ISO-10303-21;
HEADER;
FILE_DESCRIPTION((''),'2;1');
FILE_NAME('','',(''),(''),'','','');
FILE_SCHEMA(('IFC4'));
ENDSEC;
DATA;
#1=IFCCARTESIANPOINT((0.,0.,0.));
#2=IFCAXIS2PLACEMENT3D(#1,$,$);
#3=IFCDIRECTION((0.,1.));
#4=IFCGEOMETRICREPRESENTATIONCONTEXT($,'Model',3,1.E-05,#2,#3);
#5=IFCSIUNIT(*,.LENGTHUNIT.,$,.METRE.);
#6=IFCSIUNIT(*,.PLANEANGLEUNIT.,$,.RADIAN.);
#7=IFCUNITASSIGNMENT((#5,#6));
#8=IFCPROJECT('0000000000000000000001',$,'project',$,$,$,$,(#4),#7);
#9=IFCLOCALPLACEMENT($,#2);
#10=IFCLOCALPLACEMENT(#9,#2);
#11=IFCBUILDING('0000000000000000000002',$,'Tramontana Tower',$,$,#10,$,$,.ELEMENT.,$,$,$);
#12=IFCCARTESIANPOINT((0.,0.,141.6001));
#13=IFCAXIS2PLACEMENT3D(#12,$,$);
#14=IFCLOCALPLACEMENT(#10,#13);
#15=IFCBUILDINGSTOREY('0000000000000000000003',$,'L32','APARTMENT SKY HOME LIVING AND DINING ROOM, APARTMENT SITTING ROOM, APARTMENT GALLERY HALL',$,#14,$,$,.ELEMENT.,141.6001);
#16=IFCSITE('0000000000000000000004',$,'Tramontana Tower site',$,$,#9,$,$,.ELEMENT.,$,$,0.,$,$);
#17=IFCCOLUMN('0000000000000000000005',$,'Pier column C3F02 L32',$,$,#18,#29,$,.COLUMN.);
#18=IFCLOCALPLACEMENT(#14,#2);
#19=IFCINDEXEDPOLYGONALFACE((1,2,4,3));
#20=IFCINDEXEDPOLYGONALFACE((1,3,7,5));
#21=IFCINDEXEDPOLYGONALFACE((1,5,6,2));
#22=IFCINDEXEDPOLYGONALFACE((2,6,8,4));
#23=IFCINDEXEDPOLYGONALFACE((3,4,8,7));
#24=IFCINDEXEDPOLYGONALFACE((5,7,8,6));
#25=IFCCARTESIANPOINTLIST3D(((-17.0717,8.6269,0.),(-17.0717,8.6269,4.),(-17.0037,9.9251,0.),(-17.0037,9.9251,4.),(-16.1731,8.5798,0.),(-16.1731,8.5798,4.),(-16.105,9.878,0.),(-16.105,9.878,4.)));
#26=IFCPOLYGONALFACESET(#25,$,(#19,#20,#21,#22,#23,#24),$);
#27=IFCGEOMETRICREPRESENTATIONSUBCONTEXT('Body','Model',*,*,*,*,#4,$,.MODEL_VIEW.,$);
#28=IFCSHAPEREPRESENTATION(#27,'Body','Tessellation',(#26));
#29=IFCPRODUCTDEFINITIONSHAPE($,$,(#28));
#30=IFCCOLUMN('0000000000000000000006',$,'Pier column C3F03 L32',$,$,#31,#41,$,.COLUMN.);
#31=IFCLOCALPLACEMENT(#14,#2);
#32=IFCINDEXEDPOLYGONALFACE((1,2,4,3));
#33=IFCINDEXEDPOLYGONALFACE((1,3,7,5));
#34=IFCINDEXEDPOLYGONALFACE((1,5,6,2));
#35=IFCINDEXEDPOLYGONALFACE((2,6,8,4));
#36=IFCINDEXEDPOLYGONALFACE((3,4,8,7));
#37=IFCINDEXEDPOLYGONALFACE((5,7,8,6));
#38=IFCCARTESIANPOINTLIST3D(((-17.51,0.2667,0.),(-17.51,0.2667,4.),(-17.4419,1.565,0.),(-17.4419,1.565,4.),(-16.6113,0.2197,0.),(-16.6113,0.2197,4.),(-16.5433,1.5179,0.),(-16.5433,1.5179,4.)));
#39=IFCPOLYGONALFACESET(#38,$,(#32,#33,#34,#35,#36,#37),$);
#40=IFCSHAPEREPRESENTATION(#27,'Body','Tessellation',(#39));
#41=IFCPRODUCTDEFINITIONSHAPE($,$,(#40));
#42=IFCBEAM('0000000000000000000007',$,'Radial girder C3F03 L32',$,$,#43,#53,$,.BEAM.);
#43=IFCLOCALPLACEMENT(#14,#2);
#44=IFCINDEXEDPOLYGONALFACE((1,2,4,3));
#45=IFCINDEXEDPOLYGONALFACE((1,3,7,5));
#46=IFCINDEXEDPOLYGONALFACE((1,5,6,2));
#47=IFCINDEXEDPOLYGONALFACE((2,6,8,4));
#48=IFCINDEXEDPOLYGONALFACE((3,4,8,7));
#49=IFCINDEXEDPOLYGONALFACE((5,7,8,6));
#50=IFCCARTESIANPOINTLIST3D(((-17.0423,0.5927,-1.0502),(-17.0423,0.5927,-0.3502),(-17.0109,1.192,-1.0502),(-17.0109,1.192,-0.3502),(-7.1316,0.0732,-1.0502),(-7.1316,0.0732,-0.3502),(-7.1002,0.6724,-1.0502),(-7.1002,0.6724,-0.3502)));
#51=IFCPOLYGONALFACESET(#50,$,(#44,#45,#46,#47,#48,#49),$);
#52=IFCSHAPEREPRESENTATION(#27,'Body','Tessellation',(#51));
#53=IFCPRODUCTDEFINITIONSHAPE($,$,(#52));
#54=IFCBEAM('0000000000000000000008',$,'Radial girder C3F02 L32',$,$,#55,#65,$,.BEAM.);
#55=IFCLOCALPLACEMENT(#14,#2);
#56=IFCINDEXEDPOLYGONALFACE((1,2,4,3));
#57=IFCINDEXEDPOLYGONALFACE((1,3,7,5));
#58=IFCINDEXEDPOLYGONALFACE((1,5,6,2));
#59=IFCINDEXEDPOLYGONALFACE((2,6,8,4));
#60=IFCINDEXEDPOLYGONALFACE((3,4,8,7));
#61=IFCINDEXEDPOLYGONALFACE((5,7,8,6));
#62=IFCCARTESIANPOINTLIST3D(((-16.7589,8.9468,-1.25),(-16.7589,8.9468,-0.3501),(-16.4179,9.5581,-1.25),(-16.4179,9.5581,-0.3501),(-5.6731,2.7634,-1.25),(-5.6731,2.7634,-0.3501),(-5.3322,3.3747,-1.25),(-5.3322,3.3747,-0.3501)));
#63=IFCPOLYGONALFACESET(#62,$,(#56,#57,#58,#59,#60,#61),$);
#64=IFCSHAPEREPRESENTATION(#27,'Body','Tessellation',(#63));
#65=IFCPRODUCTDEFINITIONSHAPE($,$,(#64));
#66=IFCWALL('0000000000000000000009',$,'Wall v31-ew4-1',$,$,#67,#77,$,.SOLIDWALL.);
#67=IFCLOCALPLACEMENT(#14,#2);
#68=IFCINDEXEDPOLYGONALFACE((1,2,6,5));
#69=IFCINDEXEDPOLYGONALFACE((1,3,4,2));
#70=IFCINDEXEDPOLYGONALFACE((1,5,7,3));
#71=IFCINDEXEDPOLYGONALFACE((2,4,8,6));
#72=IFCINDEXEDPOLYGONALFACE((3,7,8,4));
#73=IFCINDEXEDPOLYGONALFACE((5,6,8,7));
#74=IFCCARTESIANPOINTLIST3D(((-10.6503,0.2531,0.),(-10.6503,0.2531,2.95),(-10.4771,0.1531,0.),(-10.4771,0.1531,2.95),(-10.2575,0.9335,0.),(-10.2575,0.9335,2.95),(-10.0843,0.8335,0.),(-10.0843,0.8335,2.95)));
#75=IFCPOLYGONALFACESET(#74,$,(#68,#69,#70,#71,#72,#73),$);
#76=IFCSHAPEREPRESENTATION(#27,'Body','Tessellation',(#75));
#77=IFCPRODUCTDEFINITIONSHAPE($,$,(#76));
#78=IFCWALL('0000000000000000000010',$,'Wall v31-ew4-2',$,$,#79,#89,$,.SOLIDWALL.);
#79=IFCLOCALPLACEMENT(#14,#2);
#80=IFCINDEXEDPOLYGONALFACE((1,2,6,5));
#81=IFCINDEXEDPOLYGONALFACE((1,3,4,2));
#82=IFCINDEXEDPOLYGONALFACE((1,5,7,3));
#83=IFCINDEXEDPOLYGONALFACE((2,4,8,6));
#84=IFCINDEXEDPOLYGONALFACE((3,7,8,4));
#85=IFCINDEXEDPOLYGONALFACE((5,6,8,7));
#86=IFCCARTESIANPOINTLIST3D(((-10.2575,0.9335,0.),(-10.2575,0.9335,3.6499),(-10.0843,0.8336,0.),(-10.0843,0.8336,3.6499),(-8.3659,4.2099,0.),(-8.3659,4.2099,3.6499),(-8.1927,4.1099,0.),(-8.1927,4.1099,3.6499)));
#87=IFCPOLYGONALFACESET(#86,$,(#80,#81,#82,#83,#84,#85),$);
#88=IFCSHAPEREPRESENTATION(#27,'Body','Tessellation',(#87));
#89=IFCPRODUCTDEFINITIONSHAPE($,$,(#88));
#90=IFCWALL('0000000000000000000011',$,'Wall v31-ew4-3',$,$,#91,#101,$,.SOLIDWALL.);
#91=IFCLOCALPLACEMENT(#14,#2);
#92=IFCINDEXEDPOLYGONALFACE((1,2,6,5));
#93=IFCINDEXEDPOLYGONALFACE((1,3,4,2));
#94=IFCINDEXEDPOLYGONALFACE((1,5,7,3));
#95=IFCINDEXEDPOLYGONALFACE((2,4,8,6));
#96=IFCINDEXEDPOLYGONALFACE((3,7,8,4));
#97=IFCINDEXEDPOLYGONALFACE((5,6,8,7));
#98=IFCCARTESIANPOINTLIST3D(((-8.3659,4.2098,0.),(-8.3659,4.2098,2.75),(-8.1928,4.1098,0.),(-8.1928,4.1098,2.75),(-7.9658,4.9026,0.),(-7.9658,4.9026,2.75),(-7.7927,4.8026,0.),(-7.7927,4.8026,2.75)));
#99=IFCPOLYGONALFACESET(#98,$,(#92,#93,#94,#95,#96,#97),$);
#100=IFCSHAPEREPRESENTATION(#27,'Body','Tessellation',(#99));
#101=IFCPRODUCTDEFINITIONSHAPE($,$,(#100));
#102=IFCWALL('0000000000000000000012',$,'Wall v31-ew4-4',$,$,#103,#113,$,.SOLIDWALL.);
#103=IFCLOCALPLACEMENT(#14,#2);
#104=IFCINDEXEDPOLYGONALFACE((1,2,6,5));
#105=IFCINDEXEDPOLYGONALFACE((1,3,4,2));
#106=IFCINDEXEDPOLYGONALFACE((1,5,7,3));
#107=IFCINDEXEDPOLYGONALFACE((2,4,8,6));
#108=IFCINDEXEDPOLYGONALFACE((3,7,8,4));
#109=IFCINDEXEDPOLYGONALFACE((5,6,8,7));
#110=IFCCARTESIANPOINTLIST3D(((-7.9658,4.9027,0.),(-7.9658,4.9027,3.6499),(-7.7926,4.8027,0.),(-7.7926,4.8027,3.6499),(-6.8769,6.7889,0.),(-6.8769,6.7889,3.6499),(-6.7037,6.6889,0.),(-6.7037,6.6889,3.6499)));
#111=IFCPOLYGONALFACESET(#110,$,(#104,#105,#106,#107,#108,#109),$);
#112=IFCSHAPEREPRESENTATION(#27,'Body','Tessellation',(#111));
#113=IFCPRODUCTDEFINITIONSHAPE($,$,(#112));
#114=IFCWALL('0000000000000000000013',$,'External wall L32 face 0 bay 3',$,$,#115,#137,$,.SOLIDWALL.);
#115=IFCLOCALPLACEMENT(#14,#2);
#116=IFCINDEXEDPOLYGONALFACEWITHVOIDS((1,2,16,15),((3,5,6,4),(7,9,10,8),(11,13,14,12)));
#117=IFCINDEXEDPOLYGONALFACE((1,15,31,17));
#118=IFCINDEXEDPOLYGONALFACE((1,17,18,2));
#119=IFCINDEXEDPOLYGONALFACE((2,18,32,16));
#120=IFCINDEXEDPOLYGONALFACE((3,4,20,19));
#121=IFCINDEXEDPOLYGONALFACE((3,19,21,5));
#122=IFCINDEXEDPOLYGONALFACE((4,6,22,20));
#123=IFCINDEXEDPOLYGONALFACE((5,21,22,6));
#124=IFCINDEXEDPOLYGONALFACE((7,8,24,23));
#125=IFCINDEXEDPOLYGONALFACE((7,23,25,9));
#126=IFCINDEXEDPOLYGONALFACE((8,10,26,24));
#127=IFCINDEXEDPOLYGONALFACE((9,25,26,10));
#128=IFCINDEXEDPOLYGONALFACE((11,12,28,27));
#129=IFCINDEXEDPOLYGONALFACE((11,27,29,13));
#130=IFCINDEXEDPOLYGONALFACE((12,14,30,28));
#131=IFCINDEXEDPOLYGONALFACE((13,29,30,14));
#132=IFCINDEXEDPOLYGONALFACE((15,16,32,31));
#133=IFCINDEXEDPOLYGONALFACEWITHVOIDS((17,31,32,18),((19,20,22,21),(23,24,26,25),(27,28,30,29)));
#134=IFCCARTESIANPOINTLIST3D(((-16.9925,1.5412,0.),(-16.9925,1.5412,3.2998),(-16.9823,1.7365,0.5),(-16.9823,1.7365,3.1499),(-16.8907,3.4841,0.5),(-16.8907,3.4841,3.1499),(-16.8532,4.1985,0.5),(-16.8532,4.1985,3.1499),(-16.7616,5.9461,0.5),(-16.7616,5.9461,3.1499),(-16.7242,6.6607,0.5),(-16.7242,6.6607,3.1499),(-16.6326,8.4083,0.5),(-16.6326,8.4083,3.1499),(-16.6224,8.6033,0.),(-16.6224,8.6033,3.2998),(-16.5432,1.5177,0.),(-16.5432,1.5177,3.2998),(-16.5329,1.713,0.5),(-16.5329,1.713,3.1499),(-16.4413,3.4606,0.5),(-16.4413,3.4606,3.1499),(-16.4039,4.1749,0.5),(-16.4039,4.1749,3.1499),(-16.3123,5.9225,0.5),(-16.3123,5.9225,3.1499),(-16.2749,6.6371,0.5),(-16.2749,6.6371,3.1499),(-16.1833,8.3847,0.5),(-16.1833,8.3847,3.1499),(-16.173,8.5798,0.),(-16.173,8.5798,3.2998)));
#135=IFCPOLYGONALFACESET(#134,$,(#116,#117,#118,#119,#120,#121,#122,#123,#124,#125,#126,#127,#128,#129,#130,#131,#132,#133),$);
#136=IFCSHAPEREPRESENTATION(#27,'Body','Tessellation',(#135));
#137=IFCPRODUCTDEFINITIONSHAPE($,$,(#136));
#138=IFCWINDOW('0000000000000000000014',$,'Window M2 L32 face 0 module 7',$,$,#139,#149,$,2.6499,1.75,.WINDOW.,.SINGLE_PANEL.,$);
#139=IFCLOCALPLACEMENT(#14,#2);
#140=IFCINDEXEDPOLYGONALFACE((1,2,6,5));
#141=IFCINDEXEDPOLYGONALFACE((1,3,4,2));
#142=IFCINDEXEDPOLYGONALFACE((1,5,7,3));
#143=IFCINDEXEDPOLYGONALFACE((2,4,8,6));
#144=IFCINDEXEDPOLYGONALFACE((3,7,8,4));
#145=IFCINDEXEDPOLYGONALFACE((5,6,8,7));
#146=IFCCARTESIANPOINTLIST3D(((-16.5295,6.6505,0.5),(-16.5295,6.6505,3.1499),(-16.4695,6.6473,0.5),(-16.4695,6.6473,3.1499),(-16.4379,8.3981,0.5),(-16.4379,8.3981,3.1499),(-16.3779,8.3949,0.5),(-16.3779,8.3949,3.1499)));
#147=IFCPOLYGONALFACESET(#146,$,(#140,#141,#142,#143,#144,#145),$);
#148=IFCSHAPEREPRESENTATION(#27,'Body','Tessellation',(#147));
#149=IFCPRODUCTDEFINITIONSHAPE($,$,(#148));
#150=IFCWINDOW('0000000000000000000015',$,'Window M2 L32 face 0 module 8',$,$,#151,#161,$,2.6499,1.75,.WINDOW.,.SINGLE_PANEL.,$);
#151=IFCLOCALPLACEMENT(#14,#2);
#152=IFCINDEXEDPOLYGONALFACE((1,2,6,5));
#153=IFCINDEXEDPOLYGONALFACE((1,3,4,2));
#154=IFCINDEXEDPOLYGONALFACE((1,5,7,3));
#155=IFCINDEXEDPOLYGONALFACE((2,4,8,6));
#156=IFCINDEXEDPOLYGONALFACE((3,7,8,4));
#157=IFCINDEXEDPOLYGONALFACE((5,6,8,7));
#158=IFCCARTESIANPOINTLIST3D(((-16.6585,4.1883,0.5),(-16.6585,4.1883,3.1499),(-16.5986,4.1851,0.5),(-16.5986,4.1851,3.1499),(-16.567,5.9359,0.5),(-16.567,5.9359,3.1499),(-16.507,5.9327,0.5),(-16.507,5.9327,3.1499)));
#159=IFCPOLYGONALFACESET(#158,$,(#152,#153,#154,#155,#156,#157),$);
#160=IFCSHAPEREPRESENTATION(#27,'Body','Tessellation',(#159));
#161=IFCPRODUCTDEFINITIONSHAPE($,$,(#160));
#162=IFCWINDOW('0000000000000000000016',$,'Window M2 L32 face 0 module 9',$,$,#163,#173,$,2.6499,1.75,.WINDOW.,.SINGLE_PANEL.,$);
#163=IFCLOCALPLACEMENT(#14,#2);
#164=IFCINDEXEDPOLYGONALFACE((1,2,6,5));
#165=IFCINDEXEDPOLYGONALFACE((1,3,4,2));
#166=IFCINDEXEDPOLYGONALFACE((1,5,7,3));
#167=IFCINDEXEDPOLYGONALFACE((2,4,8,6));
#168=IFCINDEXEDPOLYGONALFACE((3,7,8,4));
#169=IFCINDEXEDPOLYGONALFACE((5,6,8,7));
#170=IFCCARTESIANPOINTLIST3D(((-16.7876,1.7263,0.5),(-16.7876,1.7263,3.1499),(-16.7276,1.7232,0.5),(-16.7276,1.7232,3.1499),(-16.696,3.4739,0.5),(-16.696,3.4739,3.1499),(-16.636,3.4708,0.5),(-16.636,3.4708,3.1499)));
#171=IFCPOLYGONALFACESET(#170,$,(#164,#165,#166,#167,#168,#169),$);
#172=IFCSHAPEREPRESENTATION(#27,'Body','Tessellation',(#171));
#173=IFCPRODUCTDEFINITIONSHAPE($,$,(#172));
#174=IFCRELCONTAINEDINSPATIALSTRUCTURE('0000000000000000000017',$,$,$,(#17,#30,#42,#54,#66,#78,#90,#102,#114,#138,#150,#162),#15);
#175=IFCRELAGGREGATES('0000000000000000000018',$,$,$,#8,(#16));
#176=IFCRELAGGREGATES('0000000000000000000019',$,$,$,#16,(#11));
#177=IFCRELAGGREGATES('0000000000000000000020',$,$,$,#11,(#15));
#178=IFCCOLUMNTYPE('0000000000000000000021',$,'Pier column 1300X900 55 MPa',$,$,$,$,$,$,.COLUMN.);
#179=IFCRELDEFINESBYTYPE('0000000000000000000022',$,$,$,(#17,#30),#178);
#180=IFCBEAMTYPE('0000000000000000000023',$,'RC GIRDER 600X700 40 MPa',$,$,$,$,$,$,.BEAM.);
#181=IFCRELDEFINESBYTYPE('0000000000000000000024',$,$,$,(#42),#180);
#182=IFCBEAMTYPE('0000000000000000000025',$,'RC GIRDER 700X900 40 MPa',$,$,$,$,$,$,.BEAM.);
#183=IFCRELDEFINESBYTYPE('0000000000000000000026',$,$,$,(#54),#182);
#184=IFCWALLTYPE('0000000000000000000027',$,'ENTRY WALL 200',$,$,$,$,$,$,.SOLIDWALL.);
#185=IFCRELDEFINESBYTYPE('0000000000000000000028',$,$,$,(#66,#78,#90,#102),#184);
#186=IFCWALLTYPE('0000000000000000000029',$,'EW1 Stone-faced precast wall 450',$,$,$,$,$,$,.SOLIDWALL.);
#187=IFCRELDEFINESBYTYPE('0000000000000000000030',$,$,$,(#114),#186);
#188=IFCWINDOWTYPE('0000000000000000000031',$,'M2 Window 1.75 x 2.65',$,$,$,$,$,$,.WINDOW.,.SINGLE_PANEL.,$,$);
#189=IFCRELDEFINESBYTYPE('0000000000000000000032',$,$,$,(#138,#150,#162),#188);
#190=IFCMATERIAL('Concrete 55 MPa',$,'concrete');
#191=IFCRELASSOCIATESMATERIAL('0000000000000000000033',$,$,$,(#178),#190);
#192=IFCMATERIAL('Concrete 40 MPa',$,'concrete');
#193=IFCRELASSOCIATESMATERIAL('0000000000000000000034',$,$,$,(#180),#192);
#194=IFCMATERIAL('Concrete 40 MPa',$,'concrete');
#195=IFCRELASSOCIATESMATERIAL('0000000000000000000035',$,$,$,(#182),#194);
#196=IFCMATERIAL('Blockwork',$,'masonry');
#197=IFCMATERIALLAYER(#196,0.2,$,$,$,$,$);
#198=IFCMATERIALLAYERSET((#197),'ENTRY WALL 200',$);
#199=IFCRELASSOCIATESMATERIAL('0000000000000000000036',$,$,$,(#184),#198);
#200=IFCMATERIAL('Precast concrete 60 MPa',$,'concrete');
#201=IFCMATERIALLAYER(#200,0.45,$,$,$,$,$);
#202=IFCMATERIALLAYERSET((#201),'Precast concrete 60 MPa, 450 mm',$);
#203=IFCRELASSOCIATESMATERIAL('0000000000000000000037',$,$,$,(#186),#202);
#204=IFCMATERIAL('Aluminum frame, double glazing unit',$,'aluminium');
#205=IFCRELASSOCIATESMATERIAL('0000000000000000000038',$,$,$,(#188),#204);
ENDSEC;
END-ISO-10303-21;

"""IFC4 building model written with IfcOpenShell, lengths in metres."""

from ifc_helpers import new_model, si_unit, direction, frame, frame_2d, origin, origin_2d, place, context, subcontext, project, spatial, rectangle, extrude, material, layer, layer_set, material_profile, profile_set, type_object, element, fill, save


model = new_model("IFC4")

# Units and contexts
model_context = context("Model", 3, precision=1e-05, world=origin(), true_north=direction((0.0, 1.0)))
body_context = subcontext(model_context, "Body", "Model", "MODEL_VIEW")
ifc_project = project(units=[si_unit("LENGTHUNIT", "METRE"), si_unit("PLANEANGLEUNIT", "RADIAN")], contexts=[model_context])

# Site, building, storey
site_placement = place(None, origin())
site = spatial("IfcSite", under=ifc_project, at=site_placement, Name="Tramontana Tower site", CompositionType="ELEMENT", RefElevation=0.0)
building_placement = place(site_placement, origin())
building = spatial("IfcBuilding", under=site, at=building_placement, Name="Tramontana Tower", CompositionType="ELEMENT")
storey_placement = place(building_placement, frame((0.0, 0.0, 141.6001)))
storey = spatial("IfcBuildingStorey", under=building, at=storey_placement, Name="L32", Description="APARTMENT SKY HOME LIVING AND DINING ROOM, APARTMENT SITTING ROOM, APARTMENT GALLERY HALL", CompositionType="ELEMENT", Elevation=141.6001)

# Columns
ifc_material_1 = material(Name="Concrete 55 MPa", Category="concrete")
ifc_material_profile_1 = material_profile(ifc_material_1, rectangle(XDim=1.3, YDim=0.8999, at=origin_2d()), Name="Pier column 1300X900 55 MPa")
ifc_profile_set_1 = profile_set([ifc_material_profile_1], Name="Concrete 55 MPa")
column_type = type_object("IfcColumnType", Name="Pier column 1300X900 55 MPa", PredefinedType="COLUMN", material=ifc_profile_set_1)
for number, where, z_axis, x_axis, name in (
    (1, (-16.5884, 9.2524, 0.0), (0.0, 0.0, 1.0), (-0.052336, -0.99863, 0.0), "Pier column C3F02 L32"),
    (2, (-17.0266, 0.8923, 0.0), (0.0, 0.0, 1.0), (-0.052336, -0.99863, 0.0), "Pier column C3F03 L32"),
):
    element("IfcColumn", number, at=place(storey_placement, frame(where, z_axis=z_axis, x_axis=x_axis)), inside=storey, type_object=column_type, Name=name, PredefinedType="COLUMN", context=body_context, shape_type="SweptSolid", body=[
        extrude(rectangle(XDim=1.3, YDim=0.8999, at=origin_2d()), origin(), (0.0, 0.0, 1.0), 4.0),
    ])

# Beams
ifc_material_2 = material(Name="Concrete 40 MPa", Category="concrete")
ifc_material_profile_2 = material_profile(ifc_material_2, rectangle(XDim=0.6001, YDim=0.7, at=origin_2d()), Name="RC GIRDER 600X700 40 MPa")
ifc_profile_set_2 = profile_set([ifc_material_profile_2], Name="Concrete 40 MPa")
beam_type_1 = type_object("IfcBeamType", Name="RC GIRDER 600X700 40 MPa", PredefinedType="BEAM", material=ifc_profile_set_2)
beam_1_placement = place(storey_placement, frame((-17.0266, 0.8923, -0.7002), z_axis=(0.998629, -0.05235, 0.0), x_axis=(0.05235, 0.998629, 0.0)))
element("IfcBeam", 3, at=beam_1_placement, inside=storey, type_object=beam_type_1, Name="Radial girder C3F03 L32", PredefinedType="BEAM", context=body_context, shape_type="SweptSolid", body=[
    extrude(rectangle(XDim=0.6001, YDim=0.7, at=origin_2d()), origin(), (0.0, 0.0, 1.0), 9.9243),
])
ifc_material_3 = material(Name="Concrete 40 MPa", Category="concrete")
ifc_material_profile_3 = material_profile(ifc_material_3, rectangle(XDim=0.7, YDim=0.8999, at=origin_2d()), Name="RC GIRDER 700X900 40 MPa")
ifc_profile_set_3 = profile_set([ifc_material_profile_3], Name="Concrete 40 MPa")
beam_type_2 = type_object("IfcBeamType", Name="RC GIRDER 700X900 40 MPa", PredefinedType="BEAM", material=ifc_profile_set_3)
beam_2_placement = place(storey_placement, frame((-16.5884, 9.2524, -0.8), z_axis=(0.873332, -0.487125, 0.0), x_axis=(0.487125, 0.873332, 0.0)))
element("IfcBeam", 4, at=beam_2_placement, inside=storey, type_object=beam_type_2, Name="Radial girder C3F02 L32", PredefinedType="BEAM", context=body_context, shape_type="SweptSolid", body=[
    extrude(rectangle(XDim=0.7, YDim=0.8999, at=origin_2d()), origin(), (0.0, 0.0, 1.0), 12.6936),
])

# Walls
ifc_material_4 = material(Name="Blockwork", Category="masonry")
ifc_layer_1 = layer(ifc_material_4, 0.2)
ifc_layer_set_1 = layer_set([ifc_layer_1], Name="ENTRY WALL 200")
wall_type_1 = type_object("IfcWallType", Name="ENTRY WALL 200", PredefinedType="SOLIDWALL", material=ifc_layer_set_1)
wall_1_placement = place(storey_placement, frame((-10.5637, 0.2031, 0.0), z_axis=(0.0, 0.0, 1.0), x_axis=(0.499982, 0.866036, 0.0)))
element("IfcWall", 5, at=wall_1_placement, inside=storey, type_object=wall_type_1, Name="Wall v31-ew4-1", PredefinedType="SOLIDWALL", context=body_context, shape_type="SweptSolid", body=[
    extrude(rectangle(XDim=0.7856, YDim=0.2, at=frame_2d((0.3928, 0.0))), origin(), (0.0, 0.0, 1.0), 2.95),
])
wall_2_placement = place(storey_placement, frame((-10.1709, 0.8835, 0.0), z_axis=(0.0, 0.0, 1.0), x_axis=(0.499998, 0.866027, 0.0)))
element("IfcWall", 6, at=wall_2_placement, inside=storey, type_object=wall_type_1, Name="Wall v31-ew4-2", PredefinedType="SOLIDWALL", context=body_context, shape_type="SweptSolid", body=[
    extrude(rectangle(XDim=3.7832, YDim=0.2, at=frame_2d((1.8916, 0.0))), origin(), (0.0, 0.0, 1.0), 3.6499),
])
wall_3_placement = place(storey_placement, frame((-8.2793, 4.1599, 0.0), z_axis=(0.0, 0.0, 1.0), x_axis=(0.50011, 0.865962, 0.0)))
element("IfcWall", 7, at=wall_3_placement, inside=storey, type_object=wall_type_1, Name="Wall v31-ew4-3", PredefinedType="SOLIDWALL", context=body_context, shape_type="SweptSolid", body=[
    extrude(rectangle(XDim=0.8, YDim=0.2, at=frame_2d((0.3999, 0.0))), origin(), (0.0, 0.0, 1.0), 2.75),
])
wall_4_placement = place(storey_placement, frame((-7.8792, 4.8528, 0.0), z_axis=(0.0, 0.0, 1.0), x_axis=(0.499949, 0.866055, 0.0)))
element("IfcWall", 8, at=wall_4_placement, inside=storey, type_object=wall_type_1, Name="Wall v31-ew4-4", PredefinedType="SOLIDWALL", context=body_context, shape_type="SweptSolid", body=[
    extrude(rectangle(XDim=2.178, YDim=0.2, at=frame_2d((1.0889, 0.0))), origin(), (0.0, 0.0, 1.0), 3.6499),
])

# Wall, openings, windows
ifc_material_5 = material(Name="Precast concrete 60 MPa", Category="concrete")
ifc_layer_2 = layer(ifc_material_5, 0.45)
ifc_layer_set_2 = layer_set([ifc_layer_2], Name="Precast concrete 60 MPa, 450 mm")
wall_type_2 = type_object("IfcWallType", Name="EW1 Stone-faced precast wall 450", PredefinedType="SOLIDWALL", material=ifc_layer_set_2)
wall_5_placement = place(storey_placement, frame((-16.3977, 8.5916, 0.0), z_axis=(0.0, 0.0, 1.0), x_axis=(-0.052338, -0.998629, 0.0)))
wall_5 = element("IfcWall", 9, at=wall_5_placement, inside=storey, type_object=wall_type_2, Name="External wall L32 face 0 bay 3", PredefinedType="SOLIDWALL", context=body_context, shape_type="SweptSolid", body=[
    extrude(rectangle(XDim=7.0718, YDim=0.45, at=frame_2d((3.5359, 0.0))), origin(), (0.0, 0.0, 1.0), 3.2998),
])
opening_1_placement = place(wall_5_placement, frame((0.1953, 0.0, 0.5)))
opening_1 = element("IfcOpeningElement", 10, at=opening_1_placement, cuts=wall_5, PredefinedType="OPENING", context=body_context, shape_type="SweptSolid", body=[
    extrude(rectangle(XDim=1.75, YDim=2.6499, at=frame_2d((0.875, 1.325))), frame((0.0, 0.2349, 0.0), z_axis=(0.0, -1.0, 0.0), x_axis=(1.0, 0.0, 0.0)), (0.0, 0.0, 1.0), 0.47),
])
opening_2_placement = place(wall_5_placement, frame((2.6609, 0.0, 0.5)))
opening_2 = element("IfcOpeningElement", 11, at=opening_2_placement, cuts=wall_5, PredefinedType="OPENING", context=body_context, shape_type="SweptSolid", body=[
    extrude(rectangle(XDim=1.75, YDim=2.6499, at=frame_2d((0.875, 1.325))), frame((0.0, 0.2349, 0.0), z_axis=(0.0, -1.0, 0.0), x_axis=(1.0, 0.0, 0.0)), (0.0, 0.0, 1.0), 0.47),
])
opening_3_placement = place(wall_5_placement, frame((5.1262, 0.0, 0.5)))
opening_3 = element("IfcOpeningElement", 12, at=opening_3_placement, cuts=wall_5, PredefinedType="OPENING", context=body_context, shape_type="SweptSolid", body=[
    extrude(rectangle(XDim=1.75, YDim=2.6499, at=frame_2d((0.875, 1.325))), frame((0.0, 0.2349, 0.0), z_axis=(0.0, -1.0, 0.0), x_axis=(1.0, 0.0, 0.0)), (0.0, 0.0, 1.0), 0.47),
])
ifc_material_6 = material(Name="Aluminum frame, double glazing unit", Category="aluminium")
window_type = type_object("IfcWindowType", Name="M2 Window 1.75 x 2.65", PartitioningType="SINGLE_PANEL", PredefinedType="WINDOW", material=ifc_material_6)
window_1_placement = place(opening_1_placement, origin())
window_1 = element("IfcWindow", 13, at=window_1_placement, inside=storey, type_object=window_type, Name="Window M2 L32 face 0 module 7", OverallHeight=2.6499, OverallWidth=1.75, PartitioningType="SINGLE_PANEL", PredefinedType="WINDOW", context=body_context, shape_type="SweptSolid", body=[
    extrude(rectangle(XDim=1.75, YDim=2.6499, at=frame_2d((0.875, 1.325))), frame((0.0, 0.03, 0.0), z_axis=(0.0, -1.0, 0.0), x_axis=(1.0, 0.0, 0.0)), (0.0, 0.0, 1.0), 0.0601),
])
fill(opening_1, window_1)
window_2_placement = place(opening_2_placement, origin())
window_2 = element("IfcWindow", 14, at=window_2_placement, inside=storey, type_object=window_type, Name="Window M2 L32 face 0 module 8", OverallHeight=2.6499, OverallWidth=1.75, PartitioningType="SINGLE_PANEL", PredefinedType="WINDOW", context=body_context, shape_type="SweptSolid", body=[
    extrude(rectangle(XDim=1.75, YDim=2.6499, at=frame_2d((0.875, 1.325))), frame((0.0, 0.03, 0.0), z_axis=(0.0, -1.0, 0.0), x_axis=(1.0, 0.0, 0.0)), (0.0, 0.0, 1.0), 0.0601),
])
fill(opening_2, window_2)
window_3_placement = place(opening_3_placement, origin())
window_3 = element("IfcWindow", 15, at=window_3_placement, inside=storey, type_object=window_type, Name="Window M2 L32 face 0 module 9", OverallHeight=2.6499, OverallWidth=1.75, PartitioningType="SINGLE_PANEL", PredefinedType="WINDOW", context=body_context, shape_type="SweptSolid", body=[
    extrude(rectangle(XDim=1.75, YDim=2.6499, at=frame_2d((0.875, 1.325))), frame((0.0, 0.03, 0.0), z_axis=(0.0, -1.0, 0.0), x_axis=(1.0, 0.0, 0.0)), (0.0, 0.0, 1.0), 0.0601),
])
fill(opening_3, window_3)

save(model, "model.ifc")
